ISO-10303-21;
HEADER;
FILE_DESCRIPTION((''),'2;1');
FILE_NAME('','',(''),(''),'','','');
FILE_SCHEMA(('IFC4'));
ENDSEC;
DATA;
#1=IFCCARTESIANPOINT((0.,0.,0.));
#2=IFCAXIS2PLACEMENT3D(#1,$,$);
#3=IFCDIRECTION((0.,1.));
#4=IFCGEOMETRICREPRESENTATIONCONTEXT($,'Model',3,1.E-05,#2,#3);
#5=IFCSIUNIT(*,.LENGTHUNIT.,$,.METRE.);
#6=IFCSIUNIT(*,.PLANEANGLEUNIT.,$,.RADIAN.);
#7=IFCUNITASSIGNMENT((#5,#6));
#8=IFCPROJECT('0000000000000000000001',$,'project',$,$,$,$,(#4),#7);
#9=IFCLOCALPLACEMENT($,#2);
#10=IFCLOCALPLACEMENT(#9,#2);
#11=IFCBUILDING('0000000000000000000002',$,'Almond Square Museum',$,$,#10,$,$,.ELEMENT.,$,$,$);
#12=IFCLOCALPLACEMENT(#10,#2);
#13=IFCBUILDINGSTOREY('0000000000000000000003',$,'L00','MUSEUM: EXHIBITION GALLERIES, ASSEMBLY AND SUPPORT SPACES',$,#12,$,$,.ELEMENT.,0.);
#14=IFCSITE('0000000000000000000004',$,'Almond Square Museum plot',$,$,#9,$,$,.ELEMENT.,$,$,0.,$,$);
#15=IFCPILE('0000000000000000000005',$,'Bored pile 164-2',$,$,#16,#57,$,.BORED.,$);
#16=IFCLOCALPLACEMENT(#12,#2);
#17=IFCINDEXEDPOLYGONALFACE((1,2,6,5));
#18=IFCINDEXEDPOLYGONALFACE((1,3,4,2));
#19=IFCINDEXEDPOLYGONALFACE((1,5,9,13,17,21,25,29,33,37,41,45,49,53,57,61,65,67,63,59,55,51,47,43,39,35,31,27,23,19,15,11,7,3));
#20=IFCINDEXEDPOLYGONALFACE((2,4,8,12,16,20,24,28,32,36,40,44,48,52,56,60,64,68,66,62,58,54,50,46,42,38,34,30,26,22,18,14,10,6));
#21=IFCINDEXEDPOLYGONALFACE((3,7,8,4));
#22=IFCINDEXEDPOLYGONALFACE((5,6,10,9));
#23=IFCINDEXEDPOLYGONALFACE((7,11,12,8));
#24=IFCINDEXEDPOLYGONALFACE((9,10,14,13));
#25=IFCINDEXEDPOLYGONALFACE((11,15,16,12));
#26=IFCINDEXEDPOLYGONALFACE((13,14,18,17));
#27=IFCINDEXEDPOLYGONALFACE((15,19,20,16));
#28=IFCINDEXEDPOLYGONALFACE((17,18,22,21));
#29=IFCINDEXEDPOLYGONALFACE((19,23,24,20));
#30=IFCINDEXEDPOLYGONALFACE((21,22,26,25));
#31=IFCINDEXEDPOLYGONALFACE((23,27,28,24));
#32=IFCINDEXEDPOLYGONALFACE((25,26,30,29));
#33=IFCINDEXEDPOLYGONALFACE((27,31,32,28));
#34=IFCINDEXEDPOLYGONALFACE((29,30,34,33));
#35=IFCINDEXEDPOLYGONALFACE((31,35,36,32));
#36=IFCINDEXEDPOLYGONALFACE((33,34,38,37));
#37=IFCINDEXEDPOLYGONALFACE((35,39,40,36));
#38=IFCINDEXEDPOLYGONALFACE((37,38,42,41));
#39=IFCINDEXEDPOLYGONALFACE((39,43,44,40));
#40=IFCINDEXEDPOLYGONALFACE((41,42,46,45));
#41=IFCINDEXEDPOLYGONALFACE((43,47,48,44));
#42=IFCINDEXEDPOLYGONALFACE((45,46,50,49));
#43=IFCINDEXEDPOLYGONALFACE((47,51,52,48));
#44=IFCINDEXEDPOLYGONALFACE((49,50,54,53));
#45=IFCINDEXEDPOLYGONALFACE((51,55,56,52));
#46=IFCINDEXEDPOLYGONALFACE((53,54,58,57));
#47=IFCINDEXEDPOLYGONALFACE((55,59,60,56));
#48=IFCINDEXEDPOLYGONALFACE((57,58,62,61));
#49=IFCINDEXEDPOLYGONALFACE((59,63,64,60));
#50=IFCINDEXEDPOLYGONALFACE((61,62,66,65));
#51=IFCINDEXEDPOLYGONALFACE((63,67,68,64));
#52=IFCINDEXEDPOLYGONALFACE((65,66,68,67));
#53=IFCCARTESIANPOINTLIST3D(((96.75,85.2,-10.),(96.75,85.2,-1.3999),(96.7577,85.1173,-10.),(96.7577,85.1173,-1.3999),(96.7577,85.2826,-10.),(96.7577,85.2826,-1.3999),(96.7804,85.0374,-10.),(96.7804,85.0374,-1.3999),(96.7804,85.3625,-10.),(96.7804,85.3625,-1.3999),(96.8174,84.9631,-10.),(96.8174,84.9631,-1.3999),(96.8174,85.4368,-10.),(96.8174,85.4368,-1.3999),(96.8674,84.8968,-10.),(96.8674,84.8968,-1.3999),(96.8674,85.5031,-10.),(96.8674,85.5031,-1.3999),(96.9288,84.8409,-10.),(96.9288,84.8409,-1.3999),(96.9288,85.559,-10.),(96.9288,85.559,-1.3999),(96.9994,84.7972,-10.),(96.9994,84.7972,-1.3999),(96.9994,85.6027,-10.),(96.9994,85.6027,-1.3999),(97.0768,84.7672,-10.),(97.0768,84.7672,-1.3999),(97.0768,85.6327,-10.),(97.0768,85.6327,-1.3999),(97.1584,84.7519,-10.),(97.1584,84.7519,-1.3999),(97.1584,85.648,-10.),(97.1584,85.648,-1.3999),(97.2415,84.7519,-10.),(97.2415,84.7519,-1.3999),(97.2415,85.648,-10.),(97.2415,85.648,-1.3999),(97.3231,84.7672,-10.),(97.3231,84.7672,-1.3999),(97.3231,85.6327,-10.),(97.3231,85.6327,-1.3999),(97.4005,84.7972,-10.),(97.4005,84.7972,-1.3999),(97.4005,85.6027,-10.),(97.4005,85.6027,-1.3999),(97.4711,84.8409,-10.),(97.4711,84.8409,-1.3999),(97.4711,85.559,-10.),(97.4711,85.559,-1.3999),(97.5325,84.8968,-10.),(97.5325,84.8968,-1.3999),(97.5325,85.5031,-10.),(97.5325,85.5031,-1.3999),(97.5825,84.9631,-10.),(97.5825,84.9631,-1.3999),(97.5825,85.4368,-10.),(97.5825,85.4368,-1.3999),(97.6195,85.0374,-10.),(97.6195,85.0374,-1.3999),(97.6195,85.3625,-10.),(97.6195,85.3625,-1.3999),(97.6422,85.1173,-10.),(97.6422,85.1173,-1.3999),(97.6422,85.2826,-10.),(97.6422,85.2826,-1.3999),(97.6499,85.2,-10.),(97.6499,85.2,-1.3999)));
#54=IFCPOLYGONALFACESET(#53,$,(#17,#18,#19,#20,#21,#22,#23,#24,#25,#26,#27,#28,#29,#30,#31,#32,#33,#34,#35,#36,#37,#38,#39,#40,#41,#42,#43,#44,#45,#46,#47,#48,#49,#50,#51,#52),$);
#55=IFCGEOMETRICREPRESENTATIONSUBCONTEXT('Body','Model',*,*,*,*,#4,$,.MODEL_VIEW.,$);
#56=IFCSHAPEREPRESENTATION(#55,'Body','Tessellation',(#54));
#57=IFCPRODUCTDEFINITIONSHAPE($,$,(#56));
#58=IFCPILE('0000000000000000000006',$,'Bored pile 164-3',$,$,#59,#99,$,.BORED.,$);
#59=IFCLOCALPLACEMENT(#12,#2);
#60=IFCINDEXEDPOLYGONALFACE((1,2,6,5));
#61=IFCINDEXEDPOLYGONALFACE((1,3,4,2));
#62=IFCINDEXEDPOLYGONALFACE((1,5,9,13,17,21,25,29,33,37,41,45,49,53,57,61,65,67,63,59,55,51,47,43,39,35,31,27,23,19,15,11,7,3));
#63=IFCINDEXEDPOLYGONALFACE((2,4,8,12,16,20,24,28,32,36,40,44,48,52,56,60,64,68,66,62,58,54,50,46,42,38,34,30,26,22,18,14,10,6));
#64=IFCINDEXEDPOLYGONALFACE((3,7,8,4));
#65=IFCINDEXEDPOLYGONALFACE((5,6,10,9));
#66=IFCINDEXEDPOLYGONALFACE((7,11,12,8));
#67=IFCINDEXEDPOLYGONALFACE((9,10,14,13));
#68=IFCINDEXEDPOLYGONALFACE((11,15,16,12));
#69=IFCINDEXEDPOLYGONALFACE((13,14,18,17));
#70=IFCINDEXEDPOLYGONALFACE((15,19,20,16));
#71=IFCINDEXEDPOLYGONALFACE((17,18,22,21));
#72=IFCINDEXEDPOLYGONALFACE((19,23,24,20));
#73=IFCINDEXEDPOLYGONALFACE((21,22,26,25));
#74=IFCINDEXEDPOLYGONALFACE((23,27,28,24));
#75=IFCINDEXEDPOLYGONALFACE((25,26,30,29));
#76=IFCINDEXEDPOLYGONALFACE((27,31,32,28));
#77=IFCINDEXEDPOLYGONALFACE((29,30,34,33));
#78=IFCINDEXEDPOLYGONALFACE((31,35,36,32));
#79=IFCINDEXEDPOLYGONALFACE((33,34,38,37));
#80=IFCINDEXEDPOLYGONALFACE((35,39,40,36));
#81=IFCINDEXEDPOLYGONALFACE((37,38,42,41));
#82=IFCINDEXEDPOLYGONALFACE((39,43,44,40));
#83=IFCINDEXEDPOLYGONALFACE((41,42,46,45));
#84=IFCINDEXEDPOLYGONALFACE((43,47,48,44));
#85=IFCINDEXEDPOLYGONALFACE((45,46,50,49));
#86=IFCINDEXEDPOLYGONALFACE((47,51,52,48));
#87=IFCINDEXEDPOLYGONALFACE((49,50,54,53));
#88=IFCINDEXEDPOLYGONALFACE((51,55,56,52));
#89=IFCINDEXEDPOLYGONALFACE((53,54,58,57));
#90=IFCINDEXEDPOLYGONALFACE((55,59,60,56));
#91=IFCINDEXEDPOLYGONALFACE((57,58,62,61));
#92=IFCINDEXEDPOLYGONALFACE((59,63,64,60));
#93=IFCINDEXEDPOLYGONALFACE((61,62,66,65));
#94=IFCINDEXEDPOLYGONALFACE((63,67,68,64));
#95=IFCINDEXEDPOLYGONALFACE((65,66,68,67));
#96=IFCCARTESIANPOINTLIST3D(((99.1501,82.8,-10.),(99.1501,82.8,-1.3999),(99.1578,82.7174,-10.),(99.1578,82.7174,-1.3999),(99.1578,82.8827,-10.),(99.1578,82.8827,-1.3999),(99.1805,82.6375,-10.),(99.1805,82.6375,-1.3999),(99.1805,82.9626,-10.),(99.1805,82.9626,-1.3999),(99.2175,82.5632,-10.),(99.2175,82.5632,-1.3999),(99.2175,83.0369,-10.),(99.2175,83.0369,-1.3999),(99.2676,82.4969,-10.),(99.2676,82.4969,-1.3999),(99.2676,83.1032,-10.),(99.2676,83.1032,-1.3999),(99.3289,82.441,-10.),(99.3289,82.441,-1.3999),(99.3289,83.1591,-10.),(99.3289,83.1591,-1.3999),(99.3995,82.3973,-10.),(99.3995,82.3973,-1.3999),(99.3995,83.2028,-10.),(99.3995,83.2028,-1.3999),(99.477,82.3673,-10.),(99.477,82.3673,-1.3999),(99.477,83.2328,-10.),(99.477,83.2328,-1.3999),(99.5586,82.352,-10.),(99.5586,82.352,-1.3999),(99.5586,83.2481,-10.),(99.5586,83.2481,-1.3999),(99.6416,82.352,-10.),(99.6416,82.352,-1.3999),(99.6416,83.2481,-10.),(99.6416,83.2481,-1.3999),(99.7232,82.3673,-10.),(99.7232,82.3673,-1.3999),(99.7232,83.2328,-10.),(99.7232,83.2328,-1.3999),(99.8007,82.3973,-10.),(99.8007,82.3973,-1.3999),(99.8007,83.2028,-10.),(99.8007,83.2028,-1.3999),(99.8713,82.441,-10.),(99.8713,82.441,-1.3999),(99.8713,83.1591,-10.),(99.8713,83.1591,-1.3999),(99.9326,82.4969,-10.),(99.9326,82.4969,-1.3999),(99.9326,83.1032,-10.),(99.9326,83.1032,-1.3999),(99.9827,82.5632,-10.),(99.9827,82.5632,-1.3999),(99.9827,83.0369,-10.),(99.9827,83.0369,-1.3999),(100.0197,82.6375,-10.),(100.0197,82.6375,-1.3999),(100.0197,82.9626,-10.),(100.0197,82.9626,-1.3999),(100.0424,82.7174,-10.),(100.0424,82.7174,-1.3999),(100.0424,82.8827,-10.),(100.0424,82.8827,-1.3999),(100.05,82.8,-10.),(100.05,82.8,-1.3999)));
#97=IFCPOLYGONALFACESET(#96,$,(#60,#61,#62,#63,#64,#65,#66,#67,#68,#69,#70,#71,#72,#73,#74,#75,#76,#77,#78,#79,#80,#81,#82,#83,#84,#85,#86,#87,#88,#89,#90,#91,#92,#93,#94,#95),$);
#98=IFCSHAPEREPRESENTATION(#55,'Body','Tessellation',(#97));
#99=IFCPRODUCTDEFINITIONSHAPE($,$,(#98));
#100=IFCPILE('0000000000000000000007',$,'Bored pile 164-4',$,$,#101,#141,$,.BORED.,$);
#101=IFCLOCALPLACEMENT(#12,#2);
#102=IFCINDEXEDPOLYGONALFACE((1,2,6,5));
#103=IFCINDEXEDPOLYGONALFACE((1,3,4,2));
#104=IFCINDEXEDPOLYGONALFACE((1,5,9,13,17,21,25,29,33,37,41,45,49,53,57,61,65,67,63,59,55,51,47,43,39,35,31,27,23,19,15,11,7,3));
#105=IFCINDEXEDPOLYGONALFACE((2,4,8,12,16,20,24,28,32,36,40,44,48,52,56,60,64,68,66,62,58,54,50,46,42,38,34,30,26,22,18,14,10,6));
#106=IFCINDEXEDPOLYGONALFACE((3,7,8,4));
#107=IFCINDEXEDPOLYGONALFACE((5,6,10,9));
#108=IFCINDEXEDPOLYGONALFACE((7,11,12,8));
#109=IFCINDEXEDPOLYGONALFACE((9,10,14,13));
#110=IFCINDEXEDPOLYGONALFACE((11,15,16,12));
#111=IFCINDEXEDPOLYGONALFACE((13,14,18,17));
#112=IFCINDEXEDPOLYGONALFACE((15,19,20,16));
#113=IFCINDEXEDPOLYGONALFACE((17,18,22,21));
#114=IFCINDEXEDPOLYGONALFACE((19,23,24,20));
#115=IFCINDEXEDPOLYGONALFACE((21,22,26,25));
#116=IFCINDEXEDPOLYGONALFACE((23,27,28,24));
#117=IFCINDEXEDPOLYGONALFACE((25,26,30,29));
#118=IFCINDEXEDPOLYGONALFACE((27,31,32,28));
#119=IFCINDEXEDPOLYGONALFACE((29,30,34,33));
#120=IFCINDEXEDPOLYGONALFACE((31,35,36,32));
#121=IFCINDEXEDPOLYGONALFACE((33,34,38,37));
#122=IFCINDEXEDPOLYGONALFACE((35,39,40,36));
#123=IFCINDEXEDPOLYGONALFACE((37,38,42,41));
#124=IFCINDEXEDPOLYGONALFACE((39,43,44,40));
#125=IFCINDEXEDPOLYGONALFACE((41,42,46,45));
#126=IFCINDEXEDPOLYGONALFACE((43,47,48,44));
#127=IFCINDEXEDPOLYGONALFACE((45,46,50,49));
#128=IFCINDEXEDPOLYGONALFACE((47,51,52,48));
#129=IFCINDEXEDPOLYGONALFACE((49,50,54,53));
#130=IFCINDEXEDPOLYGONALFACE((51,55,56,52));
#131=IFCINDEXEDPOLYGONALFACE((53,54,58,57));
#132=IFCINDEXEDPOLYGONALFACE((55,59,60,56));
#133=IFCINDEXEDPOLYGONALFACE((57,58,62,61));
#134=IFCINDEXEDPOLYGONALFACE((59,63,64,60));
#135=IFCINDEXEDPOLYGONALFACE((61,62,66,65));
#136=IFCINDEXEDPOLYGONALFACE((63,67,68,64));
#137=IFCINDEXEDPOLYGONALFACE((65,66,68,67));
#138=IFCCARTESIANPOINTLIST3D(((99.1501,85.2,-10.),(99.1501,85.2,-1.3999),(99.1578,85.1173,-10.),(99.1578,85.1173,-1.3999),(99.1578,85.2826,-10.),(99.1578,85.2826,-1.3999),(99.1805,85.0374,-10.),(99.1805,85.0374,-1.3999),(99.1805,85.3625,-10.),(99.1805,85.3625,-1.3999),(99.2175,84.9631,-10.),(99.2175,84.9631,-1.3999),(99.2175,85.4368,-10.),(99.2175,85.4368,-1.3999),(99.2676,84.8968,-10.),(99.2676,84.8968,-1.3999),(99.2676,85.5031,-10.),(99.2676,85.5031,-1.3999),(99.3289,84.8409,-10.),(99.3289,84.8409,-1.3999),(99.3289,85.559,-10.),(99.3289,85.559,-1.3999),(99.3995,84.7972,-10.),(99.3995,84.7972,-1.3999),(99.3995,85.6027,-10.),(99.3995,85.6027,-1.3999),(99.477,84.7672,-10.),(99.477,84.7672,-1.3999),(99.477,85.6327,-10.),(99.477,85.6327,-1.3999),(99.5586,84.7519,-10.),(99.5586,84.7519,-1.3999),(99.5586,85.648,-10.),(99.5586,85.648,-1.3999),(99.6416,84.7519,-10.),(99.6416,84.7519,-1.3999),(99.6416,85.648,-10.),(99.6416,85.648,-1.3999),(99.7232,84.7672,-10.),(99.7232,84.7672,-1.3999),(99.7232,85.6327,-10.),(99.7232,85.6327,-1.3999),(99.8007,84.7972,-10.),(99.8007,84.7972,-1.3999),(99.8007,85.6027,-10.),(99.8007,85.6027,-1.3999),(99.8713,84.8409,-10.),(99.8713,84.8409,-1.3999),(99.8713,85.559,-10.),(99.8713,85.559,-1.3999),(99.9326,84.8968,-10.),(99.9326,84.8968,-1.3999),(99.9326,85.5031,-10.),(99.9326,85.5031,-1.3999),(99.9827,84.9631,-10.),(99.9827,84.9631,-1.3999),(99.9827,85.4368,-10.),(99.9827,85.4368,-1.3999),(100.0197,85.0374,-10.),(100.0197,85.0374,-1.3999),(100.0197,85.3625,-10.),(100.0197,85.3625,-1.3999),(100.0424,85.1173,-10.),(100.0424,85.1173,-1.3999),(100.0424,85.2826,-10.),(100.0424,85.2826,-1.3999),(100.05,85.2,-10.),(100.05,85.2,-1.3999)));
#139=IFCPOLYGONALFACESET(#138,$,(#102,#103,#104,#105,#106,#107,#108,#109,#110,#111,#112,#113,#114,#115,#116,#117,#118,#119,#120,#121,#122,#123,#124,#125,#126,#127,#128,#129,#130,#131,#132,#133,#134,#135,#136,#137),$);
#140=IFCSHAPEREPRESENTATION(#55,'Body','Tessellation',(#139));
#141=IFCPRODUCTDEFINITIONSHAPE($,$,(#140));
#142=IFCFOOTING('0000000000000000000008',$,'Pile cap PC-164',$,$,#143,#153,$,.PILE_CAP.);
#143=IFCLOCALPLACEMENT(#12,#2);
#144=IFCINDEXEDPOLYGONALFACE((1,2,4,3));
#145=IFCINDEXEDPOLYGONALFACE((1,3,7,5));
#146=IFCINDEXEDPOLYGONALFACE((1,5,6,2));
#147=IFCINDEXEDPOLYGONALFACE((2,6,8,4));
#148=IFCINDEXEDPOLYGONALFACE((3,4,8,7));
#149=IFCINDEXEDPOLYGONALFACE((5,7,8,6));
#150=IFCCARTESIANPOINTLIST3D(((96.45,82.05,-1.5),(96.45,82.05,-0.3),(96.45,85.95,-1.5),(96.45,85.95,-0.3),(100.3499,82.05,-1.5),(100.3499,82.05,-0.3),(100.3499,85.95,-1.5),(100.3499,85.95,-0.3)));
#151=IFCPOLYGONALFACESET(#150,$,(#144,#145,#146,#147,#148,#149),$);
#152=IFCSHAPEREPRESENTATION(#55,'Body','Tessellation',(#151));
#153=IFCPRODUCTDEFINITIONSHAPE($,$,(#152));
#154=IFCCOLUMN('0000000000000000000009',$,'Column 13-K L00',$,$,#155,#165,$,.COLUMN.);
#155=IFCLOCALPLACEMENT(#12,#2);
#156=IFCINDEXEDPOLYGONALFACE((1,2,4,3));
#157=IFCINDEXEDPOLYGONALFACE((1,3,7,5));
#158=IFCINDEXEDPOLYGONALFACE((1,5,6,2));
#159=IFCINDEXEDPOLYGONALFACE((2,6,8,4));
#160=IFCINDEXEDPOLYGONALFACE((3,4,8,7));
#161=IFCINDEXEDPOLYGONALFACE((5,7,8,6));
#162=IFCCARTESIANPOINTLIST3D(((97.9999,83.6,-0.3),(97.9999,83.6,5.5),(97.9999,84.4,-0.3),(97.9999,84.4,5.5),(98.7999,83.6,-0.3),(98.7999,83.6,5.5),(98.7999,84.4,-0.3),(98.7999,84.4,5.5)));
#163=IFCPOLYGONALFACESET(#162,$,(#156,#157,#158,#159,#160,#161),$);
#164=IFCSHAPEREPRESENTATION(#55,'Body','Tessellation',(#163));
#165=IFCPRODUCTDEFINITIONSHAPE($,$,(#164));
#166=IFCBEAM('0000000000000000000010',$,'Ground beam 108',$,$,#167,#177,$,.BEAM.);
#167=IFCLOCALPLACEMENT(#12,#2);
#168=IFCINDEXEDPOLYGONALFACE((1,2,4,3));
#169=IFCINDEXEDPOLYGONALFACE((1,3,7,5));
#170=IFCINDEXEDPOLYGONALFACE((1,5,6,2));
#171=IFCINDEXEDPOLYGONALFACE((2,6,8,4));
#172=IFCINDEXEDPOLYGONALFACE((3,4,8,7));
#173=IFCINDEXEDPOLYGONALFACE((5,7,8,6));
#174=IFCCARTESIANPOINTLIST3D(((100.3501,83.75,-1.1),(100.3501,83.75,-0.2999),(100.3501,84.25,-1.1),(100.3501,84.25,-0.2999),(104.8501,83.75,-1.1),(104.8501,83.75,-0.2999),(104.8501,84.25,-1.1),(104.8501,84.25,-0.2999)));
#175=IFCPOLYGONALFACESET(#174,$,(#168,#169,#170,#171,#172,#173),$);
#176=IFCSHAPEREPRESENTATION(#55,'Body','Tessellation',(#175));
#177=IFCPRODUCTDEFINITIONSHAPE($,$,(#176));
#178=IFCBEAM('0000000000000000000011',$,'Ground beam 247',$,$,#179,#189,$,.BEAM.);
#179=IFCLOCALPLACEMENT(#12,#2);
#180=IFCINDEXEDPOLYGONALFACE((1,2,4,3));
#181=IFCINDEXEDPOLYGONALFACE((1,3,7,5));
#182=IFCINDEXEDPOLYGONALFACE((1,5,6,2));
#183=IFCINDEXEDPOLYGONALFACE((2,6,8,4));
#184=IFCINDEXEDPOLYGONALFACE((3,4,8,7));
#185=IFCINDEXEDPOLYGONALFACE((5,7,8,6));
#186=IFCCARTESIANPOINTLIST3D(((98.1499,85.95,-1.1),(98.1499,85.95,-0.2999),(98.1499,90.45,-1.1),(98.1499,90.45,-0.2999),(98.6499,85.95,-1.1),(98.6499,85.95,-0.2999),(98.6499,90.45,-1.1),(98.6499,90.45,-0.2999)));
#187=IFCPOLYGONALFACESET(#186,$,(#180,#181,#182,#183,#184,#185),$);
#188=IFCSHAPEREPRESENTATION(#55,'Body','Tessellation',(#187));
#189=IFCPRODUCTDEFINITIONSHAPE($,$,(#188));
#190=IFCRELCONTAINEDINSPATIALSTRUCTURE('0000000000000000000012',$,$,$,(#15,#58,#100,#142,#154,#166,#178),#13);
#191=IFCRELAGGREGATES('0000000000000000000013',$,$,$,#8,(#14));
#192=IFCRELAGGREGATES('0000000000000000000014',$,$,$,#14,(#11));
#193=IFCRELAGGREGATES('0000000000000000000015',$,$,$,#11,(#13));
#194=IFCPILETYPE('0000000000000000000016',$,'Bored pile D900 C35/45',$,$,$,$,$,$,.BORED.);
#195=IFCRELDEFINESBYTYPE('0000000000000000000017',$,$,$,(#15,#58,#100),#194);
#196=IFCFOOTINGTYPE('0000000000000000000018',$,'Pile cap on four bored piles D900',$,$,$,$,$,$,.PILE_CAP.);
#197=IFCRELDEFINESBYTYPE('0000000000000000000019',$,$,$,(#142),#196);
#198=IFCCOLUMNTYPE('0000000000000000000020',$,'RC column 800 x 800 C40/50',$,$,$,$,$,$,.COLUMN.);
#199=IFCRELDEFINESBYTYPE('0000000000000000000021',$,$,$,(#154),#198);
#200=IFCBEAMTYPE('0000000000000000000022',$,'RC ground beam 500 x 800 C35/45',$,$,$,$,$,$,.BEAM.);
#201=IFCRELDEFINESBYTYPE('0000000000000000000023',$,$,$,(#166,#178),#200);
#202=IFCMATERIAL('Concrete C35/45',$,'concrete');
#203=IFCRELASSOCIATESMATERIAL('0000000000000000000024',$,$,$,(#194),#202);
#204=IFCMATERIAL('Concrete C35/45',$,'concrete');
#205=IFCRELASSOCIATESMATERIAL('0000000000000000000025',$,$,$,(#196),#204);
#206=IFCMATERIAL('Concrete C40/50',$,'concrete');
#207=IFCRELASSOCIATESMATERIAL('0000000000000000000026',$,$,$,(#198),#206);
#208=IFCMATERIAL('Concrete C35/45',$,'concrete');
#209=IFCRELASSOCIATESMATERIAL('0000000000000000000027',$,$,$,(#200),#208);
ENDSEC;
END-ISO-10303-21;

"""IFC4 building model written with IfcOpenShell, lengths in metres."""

from ifc_helpers import new_model, si_unit, direction, frame, origin, origin_2d, place, context, subcontext, project, spatial, rectangle, circle, extrude, material, material_profile, profile_set, type_object, element, save


model = new_model("IFC4")

# Units and contexts
model_context = context("Model", 3, precision=1e-05, world=origin(), true_north=direction((0.0, 1.0)))
body_context = subcontext(model_context, "Body", "Model", "MODEL_VIEW")
ifc_project = project(units=[si_unit("LENGTHUNIT", "METRE"), si_unit("PLANEANGLEUNIT", "RADIAN")], contexts=[model_context])

# Site, building, storey
site_placement = place(None, origin())
site = spatial("IfcSite", under=ifc_project, at=site_placement, Name="Almond Square Museum plot", CompositionType="ELEMENT", RefElevation=0.0)
building_placement = place(site_placement, origin())
building = spatial("IfcBuilding", under=site, at=building_placement, Name="Almond Square Museum", CompositionType="ELEMENT")
storey_placement = place(building_placement, origin())
storey = spatial("IfcBuildingStorey", under=building, at=storey_placement, Name="L00", Description="MUSEUM: EXHIBITION GALLERIES, ASSEMBLY AND SUPPORT SPACES", CompositionType="ELEMENT", Elevation=0.0)

# Piles
ifc_material_1 = material(Name="Concrete C35/45", Category="concrete")
ifc_material_profile_1 = material_profile(ifc_material_1, circle(Radius=0.45, at=origin_2d()))
ifc_profile_set_1 = profile_set([ifc_material_profile_1], Name="Concrete C35/45")
pile_type = type_object("IfcPileType", Name="Bored pile D900 C35/45", PredefinedType="BORED", material=ifc_profile_set_1)
for number, where, z_axis, x_axis, name in (
    (1, (97.2, 85.2, -1.3999), (0.0, 0.0, -1.0), (1.0, 0.0, 0.0), "Bored pile 164-2"),
    (2, (99.6001, 82.8, -1.3999), (0.0, 0.0, -1.0), (1.0, 0.0, 0.0), "Bored pile 164-3"),
    (3, (99.6001, 85.2, -1.3999), (0.0, 0.0, -1.0), (1.0, 0.0, 0.0), "Bored pile 164-4"),
):
    element("IfcPile", number, at=place(storey_placement, frame(where, z_axis=z_axis, x_axis=x_axis)), inside=storey, type_object=pile_type, Name=name, PredefinedType="BORED", context=body_context, shape_type="SweptSolid", body=[
        extrude(circle(Radius=0.45, at=origin_2d()), origin(), (0.0, 0.0, 1.0), 8.6001),
    ])

# Footing
ifc_material_2 = material(Name="Concrete C35/45", Category="concrete")
footing_type = type_object("IfcFootingType", Name="Pile cap on four bored piles D900", PredefinedType="PILE_CAP", material=ifc_material_2)
footing_placement = place(storey_placement, frame((98.3999, 84.0, -1.5), z_axis=(0.0, 0.0, 1.0), x_axis=(1.0, 0.0, 0.0)))
element("IfcFooting", 4, at=footing_placement, inside=storey, type_object=footing_type, Name="Pile cap PC-164", PredefinedType="PILE_CAP", context=body_context, shape_type="SweptSolid", body=[
    extrude(rectangle(XDim=3.8999, YDim=3.8999, at=origin_2d()), origin(), (0.0, 0.0, 1.0), 1.2),
])

# Column
ifc_material_3 = material(Name="Concrete C40/50", Category="concrete")
ifc_material_profile_2 = material_profile(ifc_material_3, rectangle(XDim=0.8, YDim=0.8, at=origin_2d()))
ifc_profile_set_2 = profile_set([ifc_material_profile_2], Name="Concrete C40/50")
column_type = type_object("IfcColumnType", Name="RC column 800 x 800 C40/50", PredefinedType="COLUMN", material=ifc_profile_set_2)
column_placement = place(storey_placement, frame((98.3999, 84.0, -0.3), z_axis=(0.0, 0.0, 1.0), x_axis=(1.0, 0.0, 0.0)))
element("IfcColumn", 5, at=column_placement, inside=storey, type_object=column_type, Name="Column 13-K L00", PredefinedType="COLUMN", context=body_context, shape_type="SweptSolid", body=[
    extrude(rectangle(XDim=0.8, YDim=0.8, at=origin_2d()), origin(), (0.0, 0.0, 1.0), 5.8),
])

# Beams
ifc_material_4 = material(Name="Concrete C35/45", Category="concrete")
ifc_material_profile_3 = material_profile(ifc_material_4, rectangle(XDim=0.5, YDim=0.8, at=origin_2d()))
ifc_profile_set_3 = profile_set([ifc_material_profile_3], Name="Concrete C35/45")
beam_type = type_object("IfcBeamType", Name="RC ground beam 500 x 800 C35/45", PredefinedType="BEAM", material=ifc_profile_set_3)
for number, where, z_axis, x_axis, name in (
    (6, (100.3501, 84.0, -0.7), (1.0, 0.0, 0.0), (0.0, 1.0, 0.0), "Ground beam 108"),
    (7, (98.3999, 85.95, -0.7), (0.0, 1.0, 0.0), (-1.0, 0.0, 0.0), "Ground beam 247"),
):
    element("IfcBeam", number, at=place(storey_placement, frame(where, z_axis=z_axis, x_axis=x_axis)), inside=storey, type_object=beam_type, Name=name, PredefinedType="BEAM", context=body_context, shape_type="SweptSolid", body=[
        extrude(rectangle(XDim=0.5, YDim=0.8, at=origin_2d()), origin(), (0.0, 0.0, 1.0), 4.5),
    ])

save(model, "model.ifc")
